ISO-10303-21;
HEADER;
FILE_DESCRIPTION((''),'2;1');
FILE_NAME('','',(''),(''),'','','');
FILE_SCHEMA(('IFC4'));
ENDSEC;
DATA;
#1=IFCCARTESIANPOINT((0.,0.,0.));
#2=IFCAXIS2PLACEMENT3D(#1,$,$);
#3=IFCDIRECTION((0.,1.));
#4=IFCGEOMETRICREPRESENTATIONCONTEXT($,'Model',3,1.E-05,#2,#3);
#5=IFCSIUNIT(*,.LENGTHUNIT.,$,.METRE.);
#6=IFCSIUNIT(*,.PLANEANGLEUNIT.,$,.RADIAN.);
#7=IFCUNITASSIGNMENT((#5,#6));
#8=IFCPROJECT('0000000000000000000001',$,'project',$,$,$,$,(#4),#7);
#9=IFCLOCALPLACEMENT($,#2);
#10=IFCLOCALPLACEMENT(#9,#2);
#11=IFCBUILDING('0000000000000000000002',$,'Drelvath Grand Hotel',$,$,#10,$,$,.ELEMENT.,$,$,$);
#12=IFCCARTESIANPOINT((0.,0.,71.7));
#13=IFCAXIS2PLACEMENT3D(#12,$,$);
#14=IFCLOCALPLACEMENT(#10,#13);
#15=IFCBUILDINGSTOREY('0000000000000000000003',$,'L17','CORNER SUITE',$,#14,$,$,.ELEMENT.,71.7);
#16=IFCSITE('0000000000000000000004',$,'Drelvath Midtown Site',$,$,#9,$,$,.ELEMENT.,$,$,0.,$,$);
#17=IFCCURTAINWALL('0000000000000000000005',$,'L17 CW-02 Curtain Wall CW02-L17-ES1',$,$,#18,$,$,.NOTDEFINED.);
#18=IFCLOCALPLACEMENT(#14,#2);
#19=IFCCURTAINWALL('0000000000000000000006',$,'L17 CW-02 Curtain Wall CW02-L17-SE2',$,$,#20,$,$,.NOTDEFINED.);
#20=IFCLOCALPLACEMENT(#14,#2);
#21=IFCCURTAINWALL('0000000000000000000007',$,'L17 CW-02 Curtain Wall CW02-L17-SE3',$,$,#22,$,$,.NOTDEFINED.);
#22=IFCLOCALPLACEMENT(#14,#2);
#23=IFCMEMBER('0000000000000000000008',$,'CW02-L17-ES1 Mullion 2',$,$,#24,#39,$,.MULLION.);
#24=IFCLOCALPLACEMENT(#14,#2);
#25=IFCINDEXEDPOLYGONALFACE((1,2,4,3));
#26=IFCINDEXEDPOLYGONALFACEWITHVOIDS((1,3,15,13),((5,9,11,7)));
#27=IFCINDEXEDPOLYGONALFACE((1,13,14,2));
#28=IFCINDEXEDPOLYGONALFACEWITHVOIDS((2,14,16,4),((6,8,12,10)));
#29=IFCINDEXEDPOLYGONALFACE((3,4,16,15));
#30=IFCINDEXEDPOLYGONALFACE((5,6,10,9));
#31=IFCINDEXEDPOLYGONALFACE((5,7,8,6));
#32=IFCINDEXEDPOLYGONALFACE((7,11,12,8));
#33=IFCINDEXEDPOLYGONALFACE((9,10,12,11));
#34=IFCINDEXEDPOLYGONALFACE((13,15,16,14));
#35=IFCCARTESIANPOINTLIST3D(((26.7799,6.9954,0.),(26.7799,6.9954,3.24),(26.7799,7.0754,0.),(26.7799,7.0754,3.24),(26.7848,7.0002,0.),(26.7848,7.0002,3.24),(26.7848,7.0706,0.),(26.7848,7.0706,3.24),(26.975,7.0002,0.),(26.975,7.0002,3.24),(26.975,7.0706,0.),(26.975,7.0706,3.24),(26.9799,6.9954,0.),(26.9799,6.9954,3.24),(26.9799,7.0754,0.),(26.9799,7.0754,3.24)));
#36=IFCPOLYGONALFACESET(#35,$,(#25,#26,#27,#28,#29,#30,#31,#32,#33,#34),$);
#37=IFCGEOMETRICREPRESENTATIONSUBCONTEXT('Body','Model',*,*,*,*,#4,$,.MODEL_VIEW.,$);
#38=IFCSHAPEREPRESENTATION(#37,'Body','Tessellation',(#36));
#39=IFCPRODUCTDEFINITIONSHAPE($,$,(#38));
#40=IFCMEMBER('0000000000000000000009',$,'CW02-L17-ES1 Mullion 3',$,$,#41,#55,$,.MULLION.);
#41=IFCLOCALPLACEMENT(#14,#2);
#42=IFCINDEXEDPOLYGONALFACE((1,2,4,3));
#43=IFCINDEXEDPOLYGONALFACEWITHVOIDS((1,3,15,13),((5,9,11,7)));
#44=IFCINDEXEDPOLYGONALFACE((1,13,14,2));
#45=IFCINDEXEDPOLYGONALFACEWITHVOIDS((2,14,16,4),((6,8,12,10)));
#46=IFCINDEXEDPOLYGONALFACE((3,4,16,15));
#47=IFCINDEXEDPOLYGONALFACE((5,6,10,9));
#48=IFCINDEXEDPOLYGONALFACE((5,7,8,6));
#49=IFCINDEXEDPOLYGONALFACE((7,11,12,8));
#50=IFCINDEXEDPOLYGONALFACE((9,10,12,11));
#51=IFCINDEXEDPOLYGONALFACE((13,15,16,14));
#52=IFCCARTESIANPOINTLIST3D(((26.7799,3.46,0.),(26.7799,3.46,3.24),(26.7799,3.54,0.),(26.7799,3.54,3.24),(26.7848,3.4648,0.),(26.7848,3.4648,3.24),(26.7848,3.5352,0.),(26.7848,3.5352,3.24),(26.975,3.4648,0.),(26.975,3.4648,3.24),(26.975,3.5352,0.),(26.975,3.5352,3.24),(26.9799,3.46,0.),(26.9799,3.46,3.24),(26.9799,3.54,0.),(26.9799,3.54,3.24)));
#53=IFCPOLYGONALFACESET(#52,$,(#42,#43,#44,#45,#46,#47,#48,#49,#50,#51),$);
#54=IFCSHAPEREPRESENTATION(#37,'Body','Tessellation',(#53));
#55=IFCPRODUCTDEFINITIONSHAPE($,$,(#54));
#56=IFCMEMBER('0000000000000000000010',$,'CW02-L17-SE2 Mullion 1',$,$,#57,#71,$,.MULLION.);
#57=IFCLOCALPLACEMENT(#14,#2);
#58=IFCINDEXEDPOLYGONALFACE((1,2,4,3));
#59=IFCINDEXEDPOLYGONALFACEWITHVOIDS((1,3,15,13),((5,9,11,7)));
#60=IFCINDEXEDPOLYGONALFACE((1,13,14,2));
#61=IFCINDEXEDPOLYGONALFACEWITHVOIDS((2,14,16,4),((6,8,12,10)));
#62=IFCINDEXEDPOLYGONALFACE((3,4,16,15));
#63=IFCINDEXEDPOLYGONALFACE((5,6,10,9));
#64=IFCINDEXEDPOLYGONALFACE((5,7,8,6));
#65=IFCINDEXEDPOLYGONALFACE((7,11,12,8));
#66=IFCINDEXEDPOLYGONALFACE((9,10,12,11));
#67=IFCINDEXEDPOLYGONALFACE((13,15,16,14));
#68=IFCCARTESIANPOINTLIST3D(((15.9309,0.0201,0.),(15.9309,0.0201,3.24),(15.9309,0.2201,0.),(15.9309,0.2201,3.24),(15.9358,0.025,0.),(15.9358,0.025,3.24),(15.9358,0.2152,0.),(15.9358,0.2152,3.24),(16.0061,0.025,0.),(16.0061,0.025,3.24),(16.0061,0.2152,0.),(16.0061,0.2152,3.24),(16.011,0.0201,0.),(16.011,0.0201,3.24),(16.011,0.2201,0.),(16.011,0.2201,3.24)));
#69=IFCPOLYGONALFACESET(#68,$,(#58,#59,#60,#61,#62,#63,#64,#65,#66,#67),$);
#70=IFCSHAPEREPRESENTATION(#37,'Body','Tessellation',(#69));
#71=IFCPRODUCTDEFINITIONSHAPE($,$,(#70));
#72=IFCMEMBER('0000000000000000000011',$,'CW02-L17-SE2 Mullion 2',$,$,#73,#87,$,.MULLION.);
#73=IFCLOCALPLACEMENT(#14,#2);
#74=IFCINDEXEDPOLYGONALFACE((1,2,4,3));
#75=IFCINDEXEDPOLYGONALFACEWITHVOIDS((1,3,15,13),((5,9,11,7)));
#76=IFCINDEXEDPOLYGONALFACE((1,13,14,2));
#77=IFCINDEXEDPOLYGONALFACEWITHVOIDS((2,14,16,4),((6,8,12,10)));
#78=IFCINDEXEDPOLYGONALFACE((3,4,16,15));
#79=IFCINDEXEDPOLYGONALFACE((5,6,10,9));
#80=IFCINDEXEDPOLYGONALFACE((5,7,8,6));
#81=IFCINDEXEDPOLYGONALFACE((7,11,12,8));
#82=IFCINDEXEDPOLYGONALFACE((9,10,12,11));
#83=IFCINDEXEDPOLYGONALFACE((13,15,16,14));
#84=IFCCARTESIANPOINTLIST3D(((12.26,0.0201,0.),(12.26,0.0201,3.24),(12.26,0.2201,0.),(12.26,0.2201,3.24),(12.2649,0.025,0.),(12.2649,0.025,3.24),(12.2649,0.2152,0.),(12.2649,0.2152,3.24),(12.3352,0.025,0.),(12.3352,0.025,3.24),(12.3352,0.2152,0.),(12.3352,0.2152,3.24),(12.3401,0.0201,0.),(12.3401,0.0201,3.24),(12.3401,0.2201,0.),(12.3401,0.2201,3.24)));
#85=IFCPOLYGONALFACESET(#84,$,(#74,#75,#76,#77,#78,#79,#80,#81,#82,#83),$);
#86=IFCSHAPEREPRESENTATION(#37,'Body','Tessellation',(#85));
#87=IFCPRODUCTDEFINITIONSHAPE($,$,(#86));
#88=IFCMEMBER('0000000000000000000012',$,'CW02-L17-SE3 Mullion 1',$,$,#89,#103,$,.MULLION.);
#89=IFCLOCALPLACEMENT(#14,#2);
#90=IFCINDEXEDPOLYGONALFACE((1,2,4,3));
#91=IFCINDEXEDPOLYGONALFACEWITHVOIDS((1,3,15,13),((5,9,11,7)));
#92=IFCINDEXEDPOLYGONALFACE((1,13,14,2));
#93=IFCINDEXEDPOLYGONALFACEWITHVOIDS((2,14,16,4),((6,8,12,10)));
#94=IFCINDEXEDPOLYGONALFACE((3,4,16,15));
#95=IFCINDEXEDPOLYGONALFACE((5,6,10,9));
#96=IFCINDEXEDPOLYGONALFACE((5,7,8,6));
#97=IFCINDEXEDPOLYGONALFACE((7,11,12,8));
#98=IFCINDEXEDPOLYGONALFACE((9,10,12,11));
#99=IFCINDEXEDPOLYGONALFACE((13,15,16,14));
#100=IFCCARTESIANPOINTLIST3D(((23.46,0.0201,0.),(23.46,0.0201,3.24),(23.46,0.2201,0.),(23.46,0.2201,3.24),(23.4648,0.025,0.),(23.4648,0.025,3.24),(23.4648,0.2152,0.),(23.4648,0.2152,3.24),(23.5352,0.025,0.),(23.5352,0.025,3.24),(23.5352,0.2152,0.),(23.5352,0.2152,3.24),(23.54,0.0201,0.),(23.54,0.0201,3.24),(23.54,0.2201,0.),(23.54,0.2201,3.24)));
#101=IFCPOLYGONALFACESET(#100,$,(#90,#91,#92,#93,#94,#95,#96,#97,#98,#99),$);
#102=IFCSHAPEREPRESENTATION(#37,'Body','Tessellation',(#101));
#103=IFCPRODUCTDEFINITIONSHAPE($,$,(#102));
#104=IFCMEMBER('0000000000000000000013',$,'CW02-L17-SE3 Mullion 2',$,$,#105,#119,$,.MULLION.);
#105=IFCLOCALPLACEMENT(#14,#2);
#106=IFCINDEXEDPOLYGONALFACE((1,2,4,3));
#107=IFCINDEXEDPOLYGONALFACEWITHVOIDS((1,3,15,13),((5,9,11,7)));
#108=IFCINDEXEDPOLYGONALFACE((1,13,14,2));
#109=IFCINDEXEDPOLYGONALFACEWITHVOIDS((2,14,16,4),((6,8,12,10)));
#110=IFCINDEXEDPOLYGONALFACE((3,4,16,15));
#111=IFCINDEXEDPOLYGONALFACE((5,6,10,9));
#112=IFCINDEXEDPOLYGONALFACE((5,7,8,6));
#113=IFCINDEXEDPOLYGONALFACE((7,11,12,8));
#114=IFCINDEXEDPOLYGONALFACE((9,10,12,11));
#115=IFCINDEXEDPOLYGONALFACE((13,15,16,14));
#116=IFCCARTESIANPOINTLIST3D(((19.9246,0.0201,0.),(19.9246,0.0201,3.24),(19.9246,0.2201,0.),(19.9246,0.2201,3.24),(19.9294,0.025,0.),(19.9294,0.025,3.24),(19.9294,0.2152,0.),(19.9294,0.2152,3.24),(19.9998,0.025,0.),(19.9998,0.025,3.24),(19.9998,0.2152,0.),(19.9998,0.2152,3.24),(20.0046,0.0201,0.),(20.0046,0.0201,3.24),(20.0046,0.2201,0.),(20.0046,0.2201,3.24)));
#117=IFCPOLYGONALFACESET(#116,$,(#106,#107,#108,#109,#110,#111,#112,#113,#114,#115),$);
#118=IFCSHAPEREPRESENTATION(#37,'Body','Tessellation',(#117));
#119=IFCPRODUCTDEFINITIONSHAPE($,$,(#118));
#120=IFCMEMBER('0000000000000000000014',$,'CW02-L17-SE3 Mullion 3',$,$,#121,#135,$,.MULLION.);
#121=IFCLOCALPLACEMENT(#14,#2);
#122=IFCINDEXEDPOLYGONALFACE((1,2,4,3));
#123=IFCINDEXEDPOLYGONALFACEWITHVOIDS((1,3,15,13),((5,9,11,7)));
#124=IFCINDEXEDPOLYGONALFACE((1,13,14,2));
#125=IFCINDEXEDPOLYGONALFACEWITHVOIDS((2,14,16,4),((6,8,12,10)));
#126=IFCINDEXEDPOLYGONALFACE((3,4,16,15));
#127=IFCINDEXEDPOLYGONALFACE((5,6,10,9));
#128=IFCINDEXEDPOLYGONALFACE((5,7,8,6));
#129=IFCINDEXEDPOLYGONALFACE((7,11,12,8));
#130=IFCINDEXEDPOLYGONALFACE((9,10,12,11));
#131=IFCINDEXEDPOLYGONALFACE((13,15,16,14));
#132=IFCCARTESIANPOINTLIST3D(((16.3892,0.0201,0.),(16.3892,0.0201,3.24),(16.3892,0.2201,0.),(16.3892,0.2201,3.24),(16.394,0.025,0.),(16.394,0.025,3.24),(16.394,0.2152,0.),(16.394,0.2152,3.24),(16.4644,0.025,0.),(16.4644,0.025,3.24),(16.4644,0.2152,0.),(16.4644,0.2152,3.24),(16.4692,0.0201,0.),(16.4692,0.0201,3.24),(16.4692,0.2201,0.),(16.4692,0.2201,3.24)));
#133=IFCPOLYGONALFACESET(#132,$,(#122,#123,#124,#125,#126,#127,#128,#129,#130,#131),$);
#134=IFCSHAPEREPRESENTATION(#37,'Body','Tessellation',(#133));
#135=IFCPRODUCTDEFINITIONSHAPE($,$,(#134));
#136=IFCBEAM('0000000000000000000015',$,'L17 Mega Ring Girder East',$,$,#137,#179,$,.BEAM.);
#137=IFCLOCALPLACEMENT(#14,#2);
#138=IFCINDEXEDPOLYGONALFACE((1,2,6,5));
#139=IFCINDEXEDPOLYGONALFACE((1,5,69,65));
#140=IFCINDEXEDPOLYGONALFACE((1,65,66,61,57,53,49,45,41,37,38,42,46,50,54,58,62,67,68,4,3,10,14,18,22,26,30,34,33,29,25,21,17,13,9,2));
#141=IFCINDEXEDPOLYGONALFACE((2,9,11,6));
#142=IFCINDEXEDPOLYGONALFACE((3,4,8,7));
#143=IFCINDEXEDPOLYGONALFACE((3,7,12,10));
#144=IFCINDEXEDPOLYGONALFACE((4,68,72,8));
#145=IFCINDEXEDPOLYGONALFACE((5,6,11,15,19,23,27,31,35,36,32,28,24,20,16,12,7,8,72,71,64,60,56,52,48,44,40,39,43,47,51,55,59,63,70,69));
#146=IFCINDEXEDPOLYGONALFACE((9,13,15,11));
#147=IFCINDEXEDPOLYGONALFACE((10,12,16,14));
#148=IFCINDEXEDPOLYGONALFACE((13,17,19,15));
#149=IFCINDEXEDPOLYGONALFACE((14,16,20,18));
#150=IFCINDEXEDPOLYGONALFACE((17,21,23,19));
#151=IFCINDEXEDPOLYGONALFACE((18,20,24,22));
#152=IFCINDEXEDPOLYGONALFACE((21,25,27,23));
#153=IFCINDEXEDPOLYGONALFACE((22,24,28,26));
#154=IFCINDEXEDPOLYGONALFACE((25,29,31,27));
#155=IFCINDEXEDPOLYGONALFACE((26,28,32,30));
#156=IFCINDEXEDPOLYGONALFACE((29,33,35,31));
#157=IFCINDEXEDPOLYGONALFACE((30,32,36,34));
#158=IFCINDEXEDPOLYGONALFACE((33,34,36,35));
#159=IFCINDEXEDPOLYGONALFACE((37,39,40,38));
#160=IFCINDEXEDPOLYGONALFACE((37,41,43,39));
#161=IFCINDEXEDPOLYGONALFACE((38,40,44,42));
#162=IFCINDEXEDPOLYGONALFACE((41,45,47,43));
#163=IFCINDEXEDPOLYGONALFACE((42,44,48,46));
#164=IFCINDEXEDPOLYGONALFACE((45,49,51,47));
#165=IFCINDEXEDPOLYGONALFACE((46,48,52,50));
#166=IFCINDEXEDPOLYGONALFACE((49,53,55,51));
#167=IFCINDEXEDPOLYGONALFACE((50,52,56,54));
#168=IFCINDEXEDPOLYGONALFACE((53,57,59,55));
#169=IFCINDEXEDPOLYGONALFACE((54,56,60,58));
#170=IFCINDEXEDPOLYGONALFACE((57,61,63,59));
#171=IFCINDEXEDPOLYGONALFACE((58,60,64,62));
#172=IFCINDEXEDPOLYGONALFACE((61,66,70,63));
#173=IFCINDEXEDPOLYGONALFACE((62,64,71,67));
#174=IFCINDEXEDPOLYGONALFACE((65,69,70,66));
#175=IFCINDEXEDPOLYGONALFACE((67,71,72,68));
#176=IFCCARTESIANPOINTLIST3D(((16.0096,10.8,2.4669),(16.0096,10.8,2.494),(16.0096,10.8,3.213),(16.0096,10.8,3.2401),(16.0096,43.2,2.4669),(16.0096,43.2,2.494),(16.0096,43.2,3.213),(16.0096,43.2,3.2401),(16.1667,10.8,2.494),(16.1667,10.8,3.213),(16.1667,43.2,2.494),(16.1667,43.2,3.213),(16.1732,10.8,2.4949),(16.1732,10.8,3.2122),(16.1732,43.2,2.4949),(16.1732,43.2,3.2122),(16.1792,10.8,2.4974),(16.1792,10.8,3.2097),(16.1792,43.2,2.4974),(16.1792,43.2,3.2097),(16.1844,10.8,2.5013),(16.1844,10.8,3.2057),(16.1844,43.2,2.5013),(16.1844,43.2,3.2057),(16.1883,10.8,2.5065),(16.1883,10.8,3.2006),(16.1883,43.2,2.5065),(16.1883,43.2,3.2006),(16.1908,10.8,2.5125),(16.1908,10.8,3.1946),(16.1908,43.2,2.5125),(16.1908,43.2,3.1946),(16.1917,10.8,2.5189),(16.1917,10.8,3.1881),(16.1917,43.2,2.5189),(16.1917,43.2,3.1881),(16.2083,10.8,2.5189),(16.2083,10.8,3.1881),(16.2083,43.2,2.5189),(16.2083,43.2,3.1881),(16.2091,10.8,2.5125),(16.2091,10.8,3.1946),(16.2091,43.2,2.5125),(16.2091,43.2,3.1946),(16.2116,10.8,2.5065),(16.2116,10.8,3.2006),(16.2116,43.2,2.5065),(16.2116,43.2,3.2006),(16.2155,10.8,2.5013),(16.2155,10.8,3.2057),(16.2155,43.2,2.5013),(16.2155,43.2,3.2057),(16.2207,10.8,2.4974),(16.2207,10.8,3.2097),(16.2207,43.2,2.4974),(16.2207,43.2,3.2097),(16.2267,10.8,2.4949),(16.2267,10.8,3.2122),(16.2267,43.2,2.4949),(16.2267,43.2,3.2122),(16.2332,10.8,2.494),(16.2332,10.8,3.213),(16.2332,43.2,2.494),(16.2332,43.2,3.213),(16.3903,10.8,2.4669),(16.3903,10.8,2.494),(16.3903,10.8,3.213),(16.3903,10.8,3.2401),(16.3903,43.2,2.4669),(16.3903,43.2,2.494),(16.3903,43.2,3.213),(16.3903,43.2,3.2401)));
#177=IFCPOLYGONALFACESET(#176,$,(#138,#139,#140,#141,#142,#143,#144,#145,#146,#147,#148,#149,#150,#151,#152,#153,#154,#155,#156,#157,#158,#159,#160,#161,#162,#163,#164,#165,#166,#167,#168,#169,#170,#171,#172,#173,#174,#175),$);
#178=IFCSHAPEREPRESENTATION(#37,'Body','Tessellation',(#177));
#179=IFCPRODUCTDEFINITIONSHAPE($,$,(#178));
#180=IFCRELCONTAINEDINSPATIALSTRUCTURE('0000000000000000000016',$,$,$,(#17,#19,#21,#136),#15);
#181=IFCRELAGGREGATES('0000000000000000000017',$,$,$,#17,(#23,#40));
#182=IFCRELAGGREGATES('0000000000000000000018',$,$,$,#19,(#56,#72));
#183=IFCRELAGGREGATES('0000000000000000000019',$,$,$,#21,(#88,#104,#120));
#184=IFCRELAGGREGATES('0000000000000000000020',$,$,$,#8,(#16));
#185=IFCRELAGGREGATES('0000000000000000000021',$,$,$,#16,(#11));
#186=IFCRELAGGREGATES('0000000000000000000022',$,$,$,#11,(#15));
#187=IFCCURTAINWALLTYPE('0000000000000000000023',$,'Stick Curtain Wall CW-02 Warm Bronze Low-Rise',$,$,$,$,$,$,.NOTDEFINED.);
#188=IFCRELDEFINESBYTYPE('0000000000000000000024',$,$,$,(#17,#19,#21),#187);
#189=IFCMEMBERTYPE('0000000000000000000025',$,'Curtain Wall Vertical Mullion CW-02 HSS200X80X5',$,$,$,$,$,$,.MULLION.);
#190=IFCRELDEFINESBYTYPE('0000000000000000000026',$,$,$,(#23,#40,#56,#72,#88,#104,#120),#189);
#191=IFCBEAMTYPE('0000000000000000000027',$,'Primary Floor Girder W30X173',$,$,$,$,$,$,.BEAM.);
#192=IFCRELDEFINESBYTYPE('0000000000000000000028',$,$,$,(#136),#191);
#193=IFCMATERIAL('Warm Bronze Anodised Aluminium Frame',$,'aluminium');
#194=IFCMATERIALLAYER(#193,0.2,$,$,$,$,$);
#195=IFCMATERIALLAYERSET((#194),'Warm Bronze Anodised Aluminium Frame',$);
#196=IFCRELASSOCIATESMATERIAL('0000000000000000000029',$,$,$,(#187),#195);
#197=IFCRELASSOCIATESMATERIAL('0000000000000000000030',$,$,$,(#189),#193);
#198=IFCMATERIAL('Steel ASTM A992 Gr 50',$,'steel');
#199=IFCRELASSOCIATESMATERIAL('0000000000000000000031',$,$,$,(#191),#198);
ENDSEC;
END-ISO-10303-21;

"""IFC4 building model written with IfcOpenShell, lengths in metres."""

from ifc_helpers import new_model, si_unit, direction, frame, origin, origin_2d, place, context, subcontext, project, spatial, hollow_rectangle, i_section, extrude, material, layer, layer_set, material_profile, profile_set, type_object, element, aggregate, save


model = new_model("IFC4")

# Units and contexts
model_context = context("Model", 3, precision=1e-05, world=origin(), true_north=direction((0.0, 1.0)))
body_context = subcontext(model_context, "Body", "Model", "MODEL_VIEW")
ifc_project = project(units=[si_unit("LENGTHUNIT", "METRE"), si_unit("PLANEANGLEUNIT", "RADIAN")], contexts=[model_context])

# Site, building, storey
site_placement = place(None, origin())
site = spatial("IfcSite", under=ifc_project, at=site_placement, Name="Drelvath Midtown Site", CompositionType="ELEMENT", RefElevation=0.0)
building_placement = place(site_placement, origin())
building = spatial("IfcBuilding", under=site, at=building_placement, Name="Drelvath Grand Hotel", CompositionType="ELEMENT")
storey_placement = place(building_placement, frame((0.0, 0.0, 71.7)))
storey = spatial("IfcBuildingStorey", under=building, at=storey_placement, Name="L17", Description="CORNER SUITE", CompositionType="ELEMENT", Elevation=71.7)

# Shared definitions
ifc_material_1 = material(Name="Steel ASTM A992 Gr 50", Category="steel")

# Curtain walls
ifc_material_2 = material(Name="Warm Bronze Anodised Aluminium Frame", Category="aluminium")
ifc_layer_1 = layer(ifc_material_2, 0.2)
ifc_layer_set_1 = layer_set([ifc_layer_1], Name="Warm Bronze Anodised Aluminium Frame")
curtain_wall_type = type_object("IfcCurtainWallType", Name="Stick Curtain Wall CW-02 Warm Bronze Low-Rise", PredefinedType="NOTDEFINED", material=ifc_layer_set_1)
curtain_wall_1_placement = place(storey_placement, origin())
curtain_wall_1 = element("IfcCurtainWall", 1, at=curtain_wall_1_placement, inside=storey, type_object=curtain_wall_type, Name="L17 CW-02 Curtain Wall CW02-L17-ES1", PredefinedType="NOTDEFINED")
curtain_wall_2_placement = place(storey_placement, origin())
curtain_wall_2 = element("IfcCurtainWall", 2, at=curtain_wall_2_placement, inside=storey, type_object=curtain_wall_type, Name="L17 CW-02 Curtain Wall CW02-L17-SE2", PredefinedType="NOTDEFINED")
curtain_wall_3_placement = place(storey_placement, origin())
curtain_wall_3 = element("IfcCurtainWall", 3, at=curtain_wall_3_placement, inside=storey, type_object=curtain_wall_type, Name="L17 CW-02 Curtain Wall CW02-L17-SE3", PredefinedType="NOTDEFINED")

# Members
ifc_material_profile_1 = material_profile(ifc_material_2, hollow_rectangle(XDim=0.0801, YDim=0.2, WallThickness=0.0049, at=origin_2d()), Name="HSS200X80X5")
ifc_profile_set_1 = profile_set([ifc_material_profile_1], Name="Warm Bronze Anodised Aluminium Frame")
member_type_1 = type_object("IfcMemberType", Name="Curtain Wall Vertical Mullion CW-02 HSS200X80X5", PredefinedType="MULLION", material=ifc_profile_set_1)
member_1_placement = place(storey_placement, frame((26.8799, 7.0354, 0.0), z_axis=(0.0, 0.0, 1.0), x_axis=(0.0, 1.0, 0.0)))
member_1 = element("IfcMember", 4, at=member_1_placement, type_object=member_type_1, Name="CW02-L17-ES1 Mullion 2", PredefinedType="MULLION", context=body_context, shape_type="SweptSolid", body=[
    extrude(hollow_rectangle(XDim=0.0801, YDim=0.2, WallThickness=0.0049, at=origin_2d()), origin(), (0.0, 0.0, 1.0), 3.24),
])
member_2_placement = place(storey_placement, frame((26.8799, 3.5, 0.0), z_axis=(0.0, 0.0, 1.0), x_axis=(0.0, 1.0, 0.0)))
member_2 = element("IfcMember", 5, at=member_2_placement, type_object=member_type_1, Name="CW02-L17-ES1 Mullion 3", PredefinedType="MULLION", context=body_context, shape_type="SweptSolid", body=[
    extrude(hollow_rectangle(XDim=0.0801, YDim=0.2, WallThickness=0.0049, at=origin_2d()), origin(), (0.0, 0.0, 1.0), 3.24),
])
member_3_placement = place(storey_placement, frame((15.9709, 0.1201, 0.0), z_axis=(0.0, 0.0, 1.0), x_axis=(1.0, 0.0, 0.0)))
member_3 = element("IfcMember", 6, at=member_3_placement, type_object=member_type_1, Name="CW02-L17-SE2 Mullion 1", PredefinedType="MULLION", context=body_context, shape_type="SweptSolid", body=[
    extrude(hollow_rectangle(XDim=0.0801, YDim=0.2, WallThickness=0.0049, at=origin_2d()), origin(), (0.0, 0.0, 1.0), 3.24),
])
member_4_placement = place(storey_placement, frame((12.3, 0.1201, 0.0), z_axis=(0.0, 0.0, 1.0), x_axis=(1.0, 0.0, 0.0)))
member_4 = element("IfcMember", 7, at=member_4_placement, type_object=member_type_1, Name="CW02-L17-SE2 Mullion 2", PredefinedType="MULLION", context=body_context, shape_type="SweptSolid", body=[
    extrude(hollow_rectangle(XDim=0.0801, YDim=0.2, WallThickness=0.0049, at=origin_2d()), origin(), (0.0, 0.0, 1.0), 3.24),
])
member_5_placement = place(storey_placement, frame((23.5, 0.1201, 0.0), z_axis=(0.0, 0.0, 1.0), x_axis=(1.0, 0.0, 0.0)))
member_5 = element("IfcMember", 8, at=member_5_placement, type_object=member_type_1, Name="CW02-L17-SE3 Mullion 1", PredefinedType="MULLION", context=body_context, shape_type="SweptSolid", body=[
    extrude(hollow_rectangle(XDim=0.0801, YDim=0.2, WallThickness=0.0049, at=origin_2d()), origin(), (0.0, 0.0, 1.0), 3.24),
])
member_6_placement = place(storey_placement, frame((19.9646, 0.1201, 0.0), z_axis=(0.0, 0.0, 1.0), x_axis=(1.0, 0.0, 0.0)))
member_6 = element("IfcMember", 9, at=member_6_placement, type_object=member_type_1, Name="CW02-L17-SE3 Mullion 2", PredefinedType="MULLION", context=body_context, shape_type="SweptSolid", body=[
    extrude(hollow_rectangle(XDim=0.0801, YDim=0.2, WallThickness=0.0049, at=origin_2d()), origin(), (0.0, 0.0, 1.0), 3.24),
])
member_7_placement = place(storey_placement, frame((16.4292, 0.1201, 0.0), z_axis=(0.0, 0.0, 1.0), x_axis=(1.0, 0.0, 0.0)))
member_7 = element("IfcMember", 10, at=member_7_placement, type_object=member_type_1, Name="CW02-L17-SE3 Mullion 3", PredefinedType="MULLION", context=body_context, shape_type="SweptSolid", body=[
    extrude(hollow_rectangle(XDim=0.0801, YDim=0.2, WallThickness=0.0049, at=origin_2d()), origin(), (0.0, 0.0, 1.0), 3.24),
])

# Beam
ifc_material_profile_2 = material_profile(ifc_material_1, i_section(OverallWidth=0.3806, OverallDepth=0.7732, WebThickness=0.0166, FlangeThickness=0.0271, FilletRadius=0.0249, at=origin_2d()), Name="W30X173")
ifc_profile_set_2 = profile_set([ifc_material_profile_2], Name="Steel ASTM A992 Gr 50")
beam_type_1 = type_object("IfcBeamType", Name="Primary Floor Girder W30X173", PredefinedType="BEAM", material=ifc_profile_set_2)
beam_1_placement = place(storey_placement, frame((16.2, 10.8, 2.8535), z_axis=(0.0, 1.0, 0.0), x_axis=(-1.0, 0.0, 0.0)))
element("IfcBeam", 11, at=beam_1_placement, inside=storey, type_object=beam_type_1, Name="L17 Mega Ring Girder East", PredefinedType="BEAM", context=body_context, shape_type="SweptSolid", body=[
    extrude(i_section(OverallWidth=0.3806, OverallDepth=0.7732, WebThickness=0.0166, FlangeThickness=0.0271, FilletRadius=0.0249, at=origin_2d()), origin(), (0.0, 0.0, 1.0), 32.3999),
])

aggregate(curtain_wall_1, [member_1, member_2])
aggregate(curtain_wall_2, [member_3, member_4])
aggregate(curtain_wall_3, [member_5, member_6, member_7])

save(model, "model.ifc")
